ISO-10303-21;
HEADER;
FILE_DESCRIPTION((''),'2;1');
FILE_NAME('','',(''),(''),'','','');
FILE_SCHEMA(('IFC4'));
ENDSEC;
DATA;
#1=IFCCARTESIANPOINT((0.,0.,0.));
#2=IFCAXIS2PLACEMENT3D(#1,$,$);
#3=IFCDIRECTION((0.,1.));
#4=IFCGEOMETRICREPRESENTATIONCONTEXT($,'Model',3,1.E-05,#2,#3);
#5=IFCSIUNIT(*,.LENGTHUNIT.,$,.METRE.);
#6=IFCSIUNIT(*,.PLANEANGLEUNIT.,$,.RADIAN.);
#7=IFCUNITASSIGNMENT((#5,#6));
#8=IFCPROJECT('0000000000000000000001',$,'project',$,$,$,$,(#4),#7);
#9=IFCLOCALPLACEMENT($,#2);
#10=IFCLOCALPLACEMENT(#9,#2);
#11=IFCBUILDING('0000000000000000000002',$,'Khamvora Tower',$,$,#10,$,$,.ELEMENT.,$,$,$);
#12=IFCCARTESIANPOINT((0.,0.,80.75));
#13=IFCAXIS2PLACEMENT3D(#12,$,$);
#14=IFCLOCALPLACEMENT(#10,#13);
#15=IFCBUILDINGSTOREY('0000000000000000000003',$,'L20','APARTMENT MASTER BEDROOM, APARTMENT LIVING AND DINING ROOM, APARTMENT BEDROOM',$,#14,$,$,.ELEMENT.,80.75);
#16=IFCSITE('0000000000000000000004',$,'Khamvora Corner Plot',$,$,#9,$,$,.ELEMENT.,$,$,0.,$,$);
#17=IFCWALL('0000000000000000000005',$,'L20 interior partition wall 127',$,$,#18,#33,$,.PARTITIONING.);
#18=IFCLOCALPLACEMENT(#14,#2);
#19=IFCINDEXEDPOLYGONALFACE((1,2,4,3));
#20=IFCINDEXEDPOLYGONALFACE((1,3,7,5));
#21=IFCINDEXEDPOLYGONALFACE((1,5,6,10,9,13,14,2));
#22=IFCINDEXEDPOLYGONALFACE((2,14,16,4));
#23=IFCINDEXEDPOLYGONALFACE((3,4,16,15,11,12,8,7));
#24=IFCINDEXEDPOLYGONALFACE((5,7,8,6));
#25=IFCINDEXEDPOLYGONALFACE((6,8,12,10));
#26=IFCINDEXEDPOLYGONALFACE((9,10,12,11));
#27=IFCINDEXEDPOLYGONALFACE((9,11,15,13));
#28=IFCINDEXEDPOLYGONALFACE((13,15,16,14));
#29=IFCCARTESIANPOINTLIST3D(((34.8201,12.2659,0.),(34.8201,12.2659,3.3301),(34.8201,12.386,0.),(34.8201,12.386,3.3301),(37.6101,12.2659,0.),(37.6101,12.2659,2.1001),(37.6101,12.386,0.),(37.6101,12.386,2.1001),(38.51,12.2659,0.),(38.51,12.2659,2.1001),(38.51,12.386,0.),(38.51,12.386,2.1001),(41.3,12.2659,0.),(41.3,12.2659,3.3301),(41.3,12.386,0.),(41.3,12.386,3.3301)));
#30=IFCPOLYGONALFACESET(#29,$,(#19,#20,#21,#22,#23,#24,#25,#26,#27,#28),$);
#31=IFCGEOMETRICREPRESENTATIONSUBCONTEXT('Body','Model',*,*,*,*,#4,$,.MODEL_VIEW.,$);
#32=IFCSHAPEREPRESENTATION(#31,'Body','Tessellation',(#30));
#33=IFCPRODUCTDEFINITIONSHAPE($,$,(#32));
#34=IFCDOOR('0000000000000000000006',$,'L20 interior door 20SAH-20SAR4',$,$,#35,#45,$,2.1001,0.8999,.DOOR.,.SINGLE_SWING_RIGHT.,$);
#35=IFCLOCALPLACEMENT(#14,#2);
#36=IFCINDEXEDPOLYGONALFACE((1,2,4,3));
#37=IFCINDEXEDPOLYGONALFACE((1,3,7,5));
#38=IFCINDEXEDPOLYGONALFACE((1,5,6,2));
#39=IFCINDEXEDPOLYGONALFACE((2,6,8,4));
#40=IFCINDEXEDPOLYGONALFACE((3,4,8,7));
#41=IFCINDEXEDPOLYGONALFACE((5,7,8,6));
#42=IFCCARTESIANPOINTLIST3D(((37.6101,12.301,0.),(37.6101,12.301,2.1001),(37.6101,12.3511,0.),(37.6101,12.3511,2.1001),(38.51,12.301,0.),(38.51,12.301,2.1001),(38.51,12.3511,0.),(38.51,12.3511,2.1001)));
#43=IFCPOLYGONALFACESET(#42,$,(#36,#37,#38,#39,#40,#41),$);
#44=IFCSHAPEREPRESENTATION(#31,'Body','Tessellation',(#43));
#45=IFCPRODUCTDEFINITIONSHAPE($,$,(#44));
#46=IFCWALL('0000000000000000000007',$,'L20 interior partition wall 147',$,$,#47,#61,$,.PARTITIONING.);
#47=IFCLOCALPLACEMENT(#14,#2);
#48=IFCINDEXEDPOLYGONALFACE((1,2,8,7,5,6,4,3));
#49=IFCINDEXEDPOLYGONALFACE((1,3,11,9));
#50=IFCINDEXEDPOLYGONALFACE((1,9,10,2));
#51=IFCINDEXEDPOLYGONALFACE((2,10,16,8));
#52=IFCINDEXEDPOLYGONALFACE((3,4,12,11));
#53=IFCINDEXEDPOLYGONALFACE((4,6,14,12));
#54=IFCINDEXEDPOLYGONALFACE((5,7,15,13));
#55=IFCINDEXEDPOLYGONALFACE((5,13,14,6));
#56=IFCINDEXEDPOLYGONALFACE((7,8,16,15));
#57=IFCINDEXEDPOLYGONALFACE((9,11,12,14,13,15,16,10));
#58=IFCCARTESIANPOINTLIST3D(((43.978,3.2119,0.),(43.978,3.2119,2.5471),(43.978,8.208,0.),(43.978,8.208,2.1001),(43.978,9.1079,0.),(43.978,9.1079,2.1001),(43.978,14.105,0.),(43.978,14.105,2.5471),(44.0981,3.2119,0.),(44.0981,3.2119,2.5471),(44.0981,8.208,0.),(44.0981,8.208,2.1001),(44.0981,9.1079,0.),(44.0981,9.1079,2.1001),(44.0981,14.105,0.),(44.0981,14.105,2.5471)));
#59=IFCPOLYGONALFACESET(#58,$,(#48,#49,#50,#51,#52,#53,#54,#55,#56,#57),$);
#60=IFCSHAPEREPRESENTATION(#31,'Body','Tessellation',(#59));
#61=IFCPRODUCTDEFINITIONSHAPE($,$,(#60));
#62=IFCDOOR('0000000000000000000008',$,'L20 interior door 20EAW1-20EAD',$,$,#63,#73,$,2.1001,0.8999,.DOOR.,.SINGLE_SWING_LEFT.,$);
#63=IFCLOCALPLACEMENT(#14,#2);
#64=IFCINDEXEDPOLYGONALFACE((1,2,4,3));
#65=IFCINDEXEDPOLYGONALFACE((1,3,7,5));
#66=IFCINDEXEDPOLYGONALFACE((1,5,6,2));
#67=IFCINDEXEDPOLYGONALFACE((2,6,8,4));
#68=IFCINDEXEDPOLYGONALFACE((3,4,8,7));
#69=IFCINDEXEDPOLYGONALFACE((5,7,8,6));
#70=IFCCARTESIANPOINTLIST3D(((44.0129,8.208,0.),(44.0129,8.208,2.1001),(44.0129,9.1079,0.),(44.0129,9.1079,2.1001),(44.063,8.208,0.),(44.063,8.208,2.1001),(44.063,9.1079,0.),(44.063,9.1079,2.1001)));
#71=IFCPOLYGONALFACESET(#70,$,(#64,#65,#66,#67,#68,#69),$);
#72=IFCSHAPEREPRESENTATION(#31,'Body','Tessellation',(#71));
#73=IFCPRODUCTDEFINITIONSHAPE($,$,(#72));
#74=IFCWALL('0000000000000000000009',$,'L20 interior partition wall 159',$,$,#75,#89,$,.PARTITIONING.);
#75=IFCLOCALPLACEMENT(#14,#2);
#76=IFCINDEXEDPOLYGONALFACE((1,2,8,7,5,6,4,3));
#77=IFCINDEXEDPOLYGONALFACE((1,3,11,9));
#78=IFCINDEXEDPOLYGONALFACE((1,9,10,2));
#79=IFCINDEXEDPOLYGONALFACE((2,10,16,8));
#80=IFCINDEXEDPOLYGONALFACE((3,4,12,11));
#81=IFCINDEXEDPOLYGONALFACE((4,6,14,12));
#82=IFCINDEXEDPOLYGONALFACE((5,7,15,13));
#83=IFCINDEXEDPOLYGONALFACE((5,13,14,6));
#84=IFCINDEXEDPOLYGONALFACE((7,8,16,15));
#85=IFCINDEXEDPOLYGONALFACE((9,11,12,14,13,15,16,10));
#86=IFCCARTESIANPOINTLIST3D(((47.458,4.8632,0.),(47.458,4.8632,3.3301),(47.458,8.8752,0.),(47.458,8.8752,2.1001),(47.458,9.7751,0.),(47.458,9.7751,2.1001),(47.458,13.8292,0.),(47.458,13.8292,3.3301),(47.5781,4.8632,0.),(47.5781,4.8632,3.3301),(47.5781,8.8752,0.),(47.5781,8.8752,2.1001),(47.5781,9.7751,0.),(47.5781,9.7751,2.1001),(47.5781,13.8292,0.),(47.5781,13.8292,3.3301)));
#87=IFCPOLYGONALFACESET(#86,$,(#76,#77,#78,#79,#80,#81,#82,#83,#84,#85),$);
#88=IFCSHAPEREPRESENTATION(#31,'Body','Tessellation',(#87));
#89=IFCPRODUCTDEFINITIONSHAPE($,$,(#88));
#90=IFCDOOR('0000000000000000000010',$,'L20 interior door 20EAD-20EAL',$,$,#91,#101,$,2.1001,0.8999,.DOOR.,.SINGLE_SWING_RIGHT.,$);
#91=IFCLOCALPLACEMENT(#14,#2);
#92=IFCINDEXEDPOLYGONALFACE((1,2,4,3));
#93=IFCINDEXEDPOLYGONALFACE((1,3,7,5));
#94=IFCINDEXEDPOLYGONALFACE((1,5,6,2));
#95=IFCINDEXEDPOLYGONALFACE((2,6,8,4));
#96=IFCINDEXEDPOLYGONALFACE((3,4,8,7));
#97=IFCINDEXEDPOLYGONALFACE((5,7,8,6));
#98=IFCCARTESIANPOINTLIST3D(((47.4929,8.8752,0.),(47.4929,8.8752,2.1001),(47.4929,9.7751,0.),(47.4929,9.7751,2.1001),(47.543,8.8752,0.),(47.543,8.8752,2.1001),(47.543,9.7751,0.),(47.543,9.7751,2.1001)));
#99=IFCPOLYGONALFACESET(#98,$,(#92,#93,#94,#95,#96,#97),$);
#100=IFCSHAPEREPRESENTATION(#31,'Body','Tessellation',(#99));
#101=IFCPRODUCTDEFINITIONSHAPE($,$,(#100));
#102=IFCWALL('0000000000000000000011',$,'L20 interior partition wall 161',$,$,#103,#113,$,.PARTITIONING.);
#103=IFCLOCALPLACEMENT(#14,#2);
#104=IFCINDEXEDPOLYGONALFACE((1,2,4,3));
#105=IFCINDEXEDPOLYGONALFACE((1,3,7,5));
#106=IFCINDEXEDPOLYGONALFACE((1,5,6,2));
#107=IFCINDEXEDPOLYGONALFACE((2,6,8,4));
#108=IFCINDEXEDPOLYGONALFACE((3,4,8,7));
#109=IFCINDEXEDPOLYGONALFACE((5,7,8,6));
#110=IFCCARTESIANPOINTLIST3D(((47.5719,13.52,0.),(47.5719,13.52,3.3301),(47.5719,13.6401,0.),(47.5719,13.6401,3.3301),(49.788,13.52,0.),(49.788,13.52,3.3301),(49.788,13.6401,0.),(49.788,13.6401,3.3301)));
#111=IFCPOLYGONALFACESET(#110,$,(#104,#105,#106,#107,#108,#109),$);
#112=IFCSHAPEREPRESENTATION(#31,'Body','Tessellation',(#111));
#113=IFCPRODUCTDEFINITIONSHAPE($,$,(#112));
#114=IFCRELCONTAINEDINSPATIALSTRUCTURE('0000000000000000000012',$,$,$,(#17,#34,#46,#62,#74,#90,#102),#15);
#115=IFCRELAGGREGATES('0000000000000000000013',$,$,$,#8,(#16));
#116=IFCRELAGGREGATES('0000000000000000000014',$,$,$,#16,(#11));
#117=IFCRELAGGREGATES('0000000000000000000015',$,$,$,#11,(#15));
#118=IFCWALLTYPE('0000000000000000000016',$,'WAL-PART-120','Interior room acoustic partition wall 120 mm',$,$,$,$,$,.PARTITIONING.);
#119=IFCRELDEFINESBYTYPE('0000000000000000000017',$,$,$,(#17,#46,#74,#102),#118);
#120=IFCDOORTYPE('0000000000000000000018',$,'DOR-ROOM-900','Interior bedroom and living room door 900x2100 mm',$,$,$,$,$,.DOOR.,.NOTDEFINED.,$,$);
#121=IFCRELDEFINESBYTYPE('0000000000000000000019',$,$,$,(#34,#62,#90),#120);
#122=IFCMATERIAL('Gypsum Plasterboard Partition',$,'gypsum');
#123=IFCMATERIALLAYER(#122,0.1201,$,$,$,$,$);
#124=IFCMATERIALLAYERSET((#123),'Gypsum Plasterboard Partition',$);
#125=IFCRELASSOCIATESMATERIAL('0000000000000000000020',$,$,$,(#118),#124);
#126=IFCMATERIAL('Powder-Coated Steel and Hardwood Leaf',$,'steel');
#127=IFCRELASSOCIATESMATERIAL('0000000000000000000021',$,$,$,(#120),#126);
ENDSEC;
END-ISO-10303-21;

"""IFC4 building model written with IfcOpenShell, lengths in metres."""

from ifc_helpers import new_model, si_unit, direction, frame, frame_2d, origin, place, context, subcontext, project, spatial, rectangle, extrude, material, layer, layer_set, type_object, element, fill, save


model = new_model("IFC4")

# Units and contexts
model_context = context("Model", 3, precision=1e-05, world=origin(), true_north=direction((0.0, 1.0)))
body_context = subcontext(model_context, "Body", "Model", "MODEL_VIEW")
ifc_project = project(units=[si_unit("LENGTHUNIT", "METRE"), si_unit("PLANEANGLEUNIT", "RADIAN")], contexts=[model_context])

# Site, building, storey
site_placement = place(None, origin())
site = spatial("IfcSite", under=ifc_project, at=site_placement, Name="Khamvora Corner Plot", CompositionType="ELEMENT", RefElevation=0.0)
building_placement = place(site_placement, origin())
building = spatial("IfcBuilding", under=site, at=building_placement, Name="Khamvora Tower", CompositionType="ELEMENT")
storey_placement = place(building_placement, frame((0.0, 0.0, 80.75)))
storey = spatial("IfcBuildingStorey", under=building, at=storey_placement, Name="L20", Description="APARTMENT MASTER BEDROOM, APARTMENT LIVING AND DINING ROOM, APARTMENT BEDROOM", CompositionType="ELEMENT", Elevation=80.75)

# Walls, openings, doors
ifc_material_1 = material(Name="Gypsum Plasterboard Partition", Category="gypsum")
ifc_layer_1 = layer(ifc_material_1, 0.1201)
ifc_layer_set_1 = layer_set([ifc_layer_1], Name="Gypsum Plasterboard Partition")
wall_type_1 = type_object("IfcWallType", Name="WAL-PART-120", Description="Interior room acoustic partition wall 120 mm", PredefinedType="PARTITIONING", material=ifc_layer_set_1)
wall_1_placement = place(storey_placement, frame((41.3, 12.3259, 0.0), z_axis=(0.0, 0.0, 1.0), x_axis=(-1.0, 0.0, 0.0)))
wall_1 = element("IfcWall", 1, at=wall_1_placement, inside=storey, type_object=wall_type_1, Name="L20 interior partition wall 127", PredefinedType="PARTITIONING", context=body_context, shape_type="SweptSolid", body=[
    extrude(rectangle(XDim=6.48, YDim=0.1201, at=frame_2d((3.24, 0.0))), origin(), (0.0, 0.0, 1.0), 3.3301),
])
opening_1_placement = place(wall_1_placement, frame((2.79, 0.0, 0.0)))
opening_1 = element("IfcOpeningElement", 2, at=opening_1_placement, cuts=wall_1, PredefinedType="OPENING", context=body_context, shape_type="SweptSolid", body=[
    extrude(rectangle(XDim=0.8999, YDim=2.1001, at=frame_2d((0.45, 1.05))), frame((0.0, 0.0701, 0.0), z_axis=(0.0, -1.0, 0.0), x_axis=(1.0, 0.0, 0.0)), (0.0, 0.0, 1.0), 0.1401),
])
ifc_material_2 = material(Name="Powder-Coated Steel and Hardwood Leaf", Category="steel")
door_type = type_object("IfcDoorType", Name="DOR-ROOM-900", Description="Interior bedroom and living room door 900x2100 mm", OperationType="NOTDEFINED", PredefinedType="DOOR", material=ifc_material_2)
door_1_placement = place(opening_1_placement, origin())
door_1 = element("IfcDoor", 3, at=door_1_placement, inside=storey, type_object=door_type, Name="L20 interior door 20SAH-20SAR4", OperationType="SINGLE_SWING_RIGHT", OverallHeight=2.1001, OverallWidth=0.8999, PredefinedType="DOOR", context=body_context, shape_type="SweptSolid", body=[
    extrude(rectangle(XDim=0.8999, YDim=2.1001, at=frame_2d((0.45, 1.05))), frame((0.0, 0.0249, 0.0), z_axis=(0.0, -1.0, 0.0), x_axis=(1.0, 0.0, 0.0)), (0.0, 0.0, 1.0), 0.05),
])
fill(opening_1, door_1)
wall_2_placement = place(storey_placement, frame((44.0381, 14.105, 0.0), z_axis=(0.0, 0.0, 1.0), x_axis=(0.0, -1.0, 0.0)))
wall_2 = element("IfcWall", 4, at=wall_2_placement, inside=storey, type_object=wall_type_1, Name="L20 interior partition wall 147", PredefinedType="PARTITIONING", context=body_context, shape_type="SweptSolid", body=[
    extrude(rectangle(XDim=10.8931, YDim=0.1201, at=frame_2d((5.4465, 0.0))), origin(), (0.0, 0.0, 1.0), 2.5471),
])
opening_2_placement = place(wall_2_placement, frame((4.9971, 0.0, 0.0)))
opening_2 = element("IfcOpeningElement", 5, at=opening_2_placement, cuts=wall_2, PredefinedType="OPENING", context=body_context, shape_type="SweptSolid", body=[
    extrude(rectangle(XDim=0.8999, YDim=2.1001, at=frame_2d((0.45, 1.05))), frame((0.0, 0.0701, 0.0), z_axis=(0.0, -1.0, 0.0), x_axis=(1.0, 0.0, 0.0)), (0.0, 0.0, 1.0), 0.1401),
])
door_2_placement = place(opening_2_placement, origin())
door_2 = element("IfcDoor", 6, at=door_2_placement, inside=storey, type_object=door_type, Name="L20 interior door 20EAW1-20EAD", OperationType="SINGLE_SWING_LEFT", OverallHeight=2.1001, OverallWidth=0.8999, PredefinedType="DOOR", context=body_context, shape_type="SweptSolid", body=[
    extrude(rectangle(XDim=0.8999, YDim=2.1001, at=frame_2d((0.45, 1.05))), frame((0.0, 0.0249, 0.0), z_axis=(0.0, -1.0, 0.0), x_axis=(1.0, 0.0, 0.0)), (0.0, 0.0, 1.0), 0.05),
])
fill(opening_2, door_2)
wall_3_placement = place(storey_placement, frame((47.5181, 13.8291, 0.0), z_axis=(0.0, 0.0, 1.0), x_axis=(0.0, -1.0, 0.0)))
wall_3 = element("IfcWall", 7, at=wall_3_placement, inside=storey, type_object=wall_type_1, Name="L20 interior partition wall 159", PredefinedType="PARTITIONING", context=body_context, shape_type="SweptSolid", body=[
    extrude(rectangle(XDim=8.9661, YDim=0.1201, at=frame_2d((4.4829, 0.0))), origin(), (0.0, 0.0, 1.0), 3.3301),
])
opening_3_placement = place(wall_3_placement, frame((4.054, 0.0, 0.0)))
opening_3 = element("IfcOpeningElement", 8, at=opening_3_placement, cuts=wall_3, PredefinedType="OPENING", context=body_context, shape_type="SweptSolid", body=[
    extrude(rectangle(XDim=0.8999, YDim=2.1001, at=frame_2d((0.45, 1.05))), frame((0.0, 0.0701, 0.0), z_axis=(0.0, -1.0, 0.0), x_axis=(1.0, 0.0, 0.0)), (0.0, 0.0, 1.0), 0.1401),
])
door_3_placement = place(opening_3_placement, origin())
door_3 = element("IfcDoor", 9, at=door_3_placement, inside=storey, type_object=door_type, Name="L20 interior door 20EAD-20EAL", OperationType="SINGLE_SWING_RIGHT", OverallHeight=2.1001, OverallWidth=0.8999, PredefinedType="DOOR", context=body_context, shape_type="SweptSolid", body=[
    extrude(rectangle(XDim=0.8999, YDim=2.1001, at=frame_2d((0.45, 1.05))), frame((0.0, 0.0249, 0.0), z_axis=(0.0, -1.0, 0.0), x_axis=(1.0, 0.0, 0.0)), (0.0, 0.0, 1.0), 0.05),
])
fill(opening_3, door_3)

# Wall
wall_4_placement = place(storey_placement, frame((47.572, 13.5801, 0.0), z_axis=(0.0, 0.0, 1.0), x_axis=(1.0, 0.0, 0.0)))
element("IfcWall", 10, at=wall_4_placement, inside=storey, type_object=wall_type_1, Name="L20 interior partition wall 161", PredefinedType="PARTITIONING", context=body_context, shape_type="SweptSolid", body=[
    extrude(rectangle(XDim=2.2161, YDim=0.1201, at=frame_2d((1.1079, 0.0))), origin(), (0.0, 0.0, 1.0), 3.3301),
])

save(model, "model.ifc")
